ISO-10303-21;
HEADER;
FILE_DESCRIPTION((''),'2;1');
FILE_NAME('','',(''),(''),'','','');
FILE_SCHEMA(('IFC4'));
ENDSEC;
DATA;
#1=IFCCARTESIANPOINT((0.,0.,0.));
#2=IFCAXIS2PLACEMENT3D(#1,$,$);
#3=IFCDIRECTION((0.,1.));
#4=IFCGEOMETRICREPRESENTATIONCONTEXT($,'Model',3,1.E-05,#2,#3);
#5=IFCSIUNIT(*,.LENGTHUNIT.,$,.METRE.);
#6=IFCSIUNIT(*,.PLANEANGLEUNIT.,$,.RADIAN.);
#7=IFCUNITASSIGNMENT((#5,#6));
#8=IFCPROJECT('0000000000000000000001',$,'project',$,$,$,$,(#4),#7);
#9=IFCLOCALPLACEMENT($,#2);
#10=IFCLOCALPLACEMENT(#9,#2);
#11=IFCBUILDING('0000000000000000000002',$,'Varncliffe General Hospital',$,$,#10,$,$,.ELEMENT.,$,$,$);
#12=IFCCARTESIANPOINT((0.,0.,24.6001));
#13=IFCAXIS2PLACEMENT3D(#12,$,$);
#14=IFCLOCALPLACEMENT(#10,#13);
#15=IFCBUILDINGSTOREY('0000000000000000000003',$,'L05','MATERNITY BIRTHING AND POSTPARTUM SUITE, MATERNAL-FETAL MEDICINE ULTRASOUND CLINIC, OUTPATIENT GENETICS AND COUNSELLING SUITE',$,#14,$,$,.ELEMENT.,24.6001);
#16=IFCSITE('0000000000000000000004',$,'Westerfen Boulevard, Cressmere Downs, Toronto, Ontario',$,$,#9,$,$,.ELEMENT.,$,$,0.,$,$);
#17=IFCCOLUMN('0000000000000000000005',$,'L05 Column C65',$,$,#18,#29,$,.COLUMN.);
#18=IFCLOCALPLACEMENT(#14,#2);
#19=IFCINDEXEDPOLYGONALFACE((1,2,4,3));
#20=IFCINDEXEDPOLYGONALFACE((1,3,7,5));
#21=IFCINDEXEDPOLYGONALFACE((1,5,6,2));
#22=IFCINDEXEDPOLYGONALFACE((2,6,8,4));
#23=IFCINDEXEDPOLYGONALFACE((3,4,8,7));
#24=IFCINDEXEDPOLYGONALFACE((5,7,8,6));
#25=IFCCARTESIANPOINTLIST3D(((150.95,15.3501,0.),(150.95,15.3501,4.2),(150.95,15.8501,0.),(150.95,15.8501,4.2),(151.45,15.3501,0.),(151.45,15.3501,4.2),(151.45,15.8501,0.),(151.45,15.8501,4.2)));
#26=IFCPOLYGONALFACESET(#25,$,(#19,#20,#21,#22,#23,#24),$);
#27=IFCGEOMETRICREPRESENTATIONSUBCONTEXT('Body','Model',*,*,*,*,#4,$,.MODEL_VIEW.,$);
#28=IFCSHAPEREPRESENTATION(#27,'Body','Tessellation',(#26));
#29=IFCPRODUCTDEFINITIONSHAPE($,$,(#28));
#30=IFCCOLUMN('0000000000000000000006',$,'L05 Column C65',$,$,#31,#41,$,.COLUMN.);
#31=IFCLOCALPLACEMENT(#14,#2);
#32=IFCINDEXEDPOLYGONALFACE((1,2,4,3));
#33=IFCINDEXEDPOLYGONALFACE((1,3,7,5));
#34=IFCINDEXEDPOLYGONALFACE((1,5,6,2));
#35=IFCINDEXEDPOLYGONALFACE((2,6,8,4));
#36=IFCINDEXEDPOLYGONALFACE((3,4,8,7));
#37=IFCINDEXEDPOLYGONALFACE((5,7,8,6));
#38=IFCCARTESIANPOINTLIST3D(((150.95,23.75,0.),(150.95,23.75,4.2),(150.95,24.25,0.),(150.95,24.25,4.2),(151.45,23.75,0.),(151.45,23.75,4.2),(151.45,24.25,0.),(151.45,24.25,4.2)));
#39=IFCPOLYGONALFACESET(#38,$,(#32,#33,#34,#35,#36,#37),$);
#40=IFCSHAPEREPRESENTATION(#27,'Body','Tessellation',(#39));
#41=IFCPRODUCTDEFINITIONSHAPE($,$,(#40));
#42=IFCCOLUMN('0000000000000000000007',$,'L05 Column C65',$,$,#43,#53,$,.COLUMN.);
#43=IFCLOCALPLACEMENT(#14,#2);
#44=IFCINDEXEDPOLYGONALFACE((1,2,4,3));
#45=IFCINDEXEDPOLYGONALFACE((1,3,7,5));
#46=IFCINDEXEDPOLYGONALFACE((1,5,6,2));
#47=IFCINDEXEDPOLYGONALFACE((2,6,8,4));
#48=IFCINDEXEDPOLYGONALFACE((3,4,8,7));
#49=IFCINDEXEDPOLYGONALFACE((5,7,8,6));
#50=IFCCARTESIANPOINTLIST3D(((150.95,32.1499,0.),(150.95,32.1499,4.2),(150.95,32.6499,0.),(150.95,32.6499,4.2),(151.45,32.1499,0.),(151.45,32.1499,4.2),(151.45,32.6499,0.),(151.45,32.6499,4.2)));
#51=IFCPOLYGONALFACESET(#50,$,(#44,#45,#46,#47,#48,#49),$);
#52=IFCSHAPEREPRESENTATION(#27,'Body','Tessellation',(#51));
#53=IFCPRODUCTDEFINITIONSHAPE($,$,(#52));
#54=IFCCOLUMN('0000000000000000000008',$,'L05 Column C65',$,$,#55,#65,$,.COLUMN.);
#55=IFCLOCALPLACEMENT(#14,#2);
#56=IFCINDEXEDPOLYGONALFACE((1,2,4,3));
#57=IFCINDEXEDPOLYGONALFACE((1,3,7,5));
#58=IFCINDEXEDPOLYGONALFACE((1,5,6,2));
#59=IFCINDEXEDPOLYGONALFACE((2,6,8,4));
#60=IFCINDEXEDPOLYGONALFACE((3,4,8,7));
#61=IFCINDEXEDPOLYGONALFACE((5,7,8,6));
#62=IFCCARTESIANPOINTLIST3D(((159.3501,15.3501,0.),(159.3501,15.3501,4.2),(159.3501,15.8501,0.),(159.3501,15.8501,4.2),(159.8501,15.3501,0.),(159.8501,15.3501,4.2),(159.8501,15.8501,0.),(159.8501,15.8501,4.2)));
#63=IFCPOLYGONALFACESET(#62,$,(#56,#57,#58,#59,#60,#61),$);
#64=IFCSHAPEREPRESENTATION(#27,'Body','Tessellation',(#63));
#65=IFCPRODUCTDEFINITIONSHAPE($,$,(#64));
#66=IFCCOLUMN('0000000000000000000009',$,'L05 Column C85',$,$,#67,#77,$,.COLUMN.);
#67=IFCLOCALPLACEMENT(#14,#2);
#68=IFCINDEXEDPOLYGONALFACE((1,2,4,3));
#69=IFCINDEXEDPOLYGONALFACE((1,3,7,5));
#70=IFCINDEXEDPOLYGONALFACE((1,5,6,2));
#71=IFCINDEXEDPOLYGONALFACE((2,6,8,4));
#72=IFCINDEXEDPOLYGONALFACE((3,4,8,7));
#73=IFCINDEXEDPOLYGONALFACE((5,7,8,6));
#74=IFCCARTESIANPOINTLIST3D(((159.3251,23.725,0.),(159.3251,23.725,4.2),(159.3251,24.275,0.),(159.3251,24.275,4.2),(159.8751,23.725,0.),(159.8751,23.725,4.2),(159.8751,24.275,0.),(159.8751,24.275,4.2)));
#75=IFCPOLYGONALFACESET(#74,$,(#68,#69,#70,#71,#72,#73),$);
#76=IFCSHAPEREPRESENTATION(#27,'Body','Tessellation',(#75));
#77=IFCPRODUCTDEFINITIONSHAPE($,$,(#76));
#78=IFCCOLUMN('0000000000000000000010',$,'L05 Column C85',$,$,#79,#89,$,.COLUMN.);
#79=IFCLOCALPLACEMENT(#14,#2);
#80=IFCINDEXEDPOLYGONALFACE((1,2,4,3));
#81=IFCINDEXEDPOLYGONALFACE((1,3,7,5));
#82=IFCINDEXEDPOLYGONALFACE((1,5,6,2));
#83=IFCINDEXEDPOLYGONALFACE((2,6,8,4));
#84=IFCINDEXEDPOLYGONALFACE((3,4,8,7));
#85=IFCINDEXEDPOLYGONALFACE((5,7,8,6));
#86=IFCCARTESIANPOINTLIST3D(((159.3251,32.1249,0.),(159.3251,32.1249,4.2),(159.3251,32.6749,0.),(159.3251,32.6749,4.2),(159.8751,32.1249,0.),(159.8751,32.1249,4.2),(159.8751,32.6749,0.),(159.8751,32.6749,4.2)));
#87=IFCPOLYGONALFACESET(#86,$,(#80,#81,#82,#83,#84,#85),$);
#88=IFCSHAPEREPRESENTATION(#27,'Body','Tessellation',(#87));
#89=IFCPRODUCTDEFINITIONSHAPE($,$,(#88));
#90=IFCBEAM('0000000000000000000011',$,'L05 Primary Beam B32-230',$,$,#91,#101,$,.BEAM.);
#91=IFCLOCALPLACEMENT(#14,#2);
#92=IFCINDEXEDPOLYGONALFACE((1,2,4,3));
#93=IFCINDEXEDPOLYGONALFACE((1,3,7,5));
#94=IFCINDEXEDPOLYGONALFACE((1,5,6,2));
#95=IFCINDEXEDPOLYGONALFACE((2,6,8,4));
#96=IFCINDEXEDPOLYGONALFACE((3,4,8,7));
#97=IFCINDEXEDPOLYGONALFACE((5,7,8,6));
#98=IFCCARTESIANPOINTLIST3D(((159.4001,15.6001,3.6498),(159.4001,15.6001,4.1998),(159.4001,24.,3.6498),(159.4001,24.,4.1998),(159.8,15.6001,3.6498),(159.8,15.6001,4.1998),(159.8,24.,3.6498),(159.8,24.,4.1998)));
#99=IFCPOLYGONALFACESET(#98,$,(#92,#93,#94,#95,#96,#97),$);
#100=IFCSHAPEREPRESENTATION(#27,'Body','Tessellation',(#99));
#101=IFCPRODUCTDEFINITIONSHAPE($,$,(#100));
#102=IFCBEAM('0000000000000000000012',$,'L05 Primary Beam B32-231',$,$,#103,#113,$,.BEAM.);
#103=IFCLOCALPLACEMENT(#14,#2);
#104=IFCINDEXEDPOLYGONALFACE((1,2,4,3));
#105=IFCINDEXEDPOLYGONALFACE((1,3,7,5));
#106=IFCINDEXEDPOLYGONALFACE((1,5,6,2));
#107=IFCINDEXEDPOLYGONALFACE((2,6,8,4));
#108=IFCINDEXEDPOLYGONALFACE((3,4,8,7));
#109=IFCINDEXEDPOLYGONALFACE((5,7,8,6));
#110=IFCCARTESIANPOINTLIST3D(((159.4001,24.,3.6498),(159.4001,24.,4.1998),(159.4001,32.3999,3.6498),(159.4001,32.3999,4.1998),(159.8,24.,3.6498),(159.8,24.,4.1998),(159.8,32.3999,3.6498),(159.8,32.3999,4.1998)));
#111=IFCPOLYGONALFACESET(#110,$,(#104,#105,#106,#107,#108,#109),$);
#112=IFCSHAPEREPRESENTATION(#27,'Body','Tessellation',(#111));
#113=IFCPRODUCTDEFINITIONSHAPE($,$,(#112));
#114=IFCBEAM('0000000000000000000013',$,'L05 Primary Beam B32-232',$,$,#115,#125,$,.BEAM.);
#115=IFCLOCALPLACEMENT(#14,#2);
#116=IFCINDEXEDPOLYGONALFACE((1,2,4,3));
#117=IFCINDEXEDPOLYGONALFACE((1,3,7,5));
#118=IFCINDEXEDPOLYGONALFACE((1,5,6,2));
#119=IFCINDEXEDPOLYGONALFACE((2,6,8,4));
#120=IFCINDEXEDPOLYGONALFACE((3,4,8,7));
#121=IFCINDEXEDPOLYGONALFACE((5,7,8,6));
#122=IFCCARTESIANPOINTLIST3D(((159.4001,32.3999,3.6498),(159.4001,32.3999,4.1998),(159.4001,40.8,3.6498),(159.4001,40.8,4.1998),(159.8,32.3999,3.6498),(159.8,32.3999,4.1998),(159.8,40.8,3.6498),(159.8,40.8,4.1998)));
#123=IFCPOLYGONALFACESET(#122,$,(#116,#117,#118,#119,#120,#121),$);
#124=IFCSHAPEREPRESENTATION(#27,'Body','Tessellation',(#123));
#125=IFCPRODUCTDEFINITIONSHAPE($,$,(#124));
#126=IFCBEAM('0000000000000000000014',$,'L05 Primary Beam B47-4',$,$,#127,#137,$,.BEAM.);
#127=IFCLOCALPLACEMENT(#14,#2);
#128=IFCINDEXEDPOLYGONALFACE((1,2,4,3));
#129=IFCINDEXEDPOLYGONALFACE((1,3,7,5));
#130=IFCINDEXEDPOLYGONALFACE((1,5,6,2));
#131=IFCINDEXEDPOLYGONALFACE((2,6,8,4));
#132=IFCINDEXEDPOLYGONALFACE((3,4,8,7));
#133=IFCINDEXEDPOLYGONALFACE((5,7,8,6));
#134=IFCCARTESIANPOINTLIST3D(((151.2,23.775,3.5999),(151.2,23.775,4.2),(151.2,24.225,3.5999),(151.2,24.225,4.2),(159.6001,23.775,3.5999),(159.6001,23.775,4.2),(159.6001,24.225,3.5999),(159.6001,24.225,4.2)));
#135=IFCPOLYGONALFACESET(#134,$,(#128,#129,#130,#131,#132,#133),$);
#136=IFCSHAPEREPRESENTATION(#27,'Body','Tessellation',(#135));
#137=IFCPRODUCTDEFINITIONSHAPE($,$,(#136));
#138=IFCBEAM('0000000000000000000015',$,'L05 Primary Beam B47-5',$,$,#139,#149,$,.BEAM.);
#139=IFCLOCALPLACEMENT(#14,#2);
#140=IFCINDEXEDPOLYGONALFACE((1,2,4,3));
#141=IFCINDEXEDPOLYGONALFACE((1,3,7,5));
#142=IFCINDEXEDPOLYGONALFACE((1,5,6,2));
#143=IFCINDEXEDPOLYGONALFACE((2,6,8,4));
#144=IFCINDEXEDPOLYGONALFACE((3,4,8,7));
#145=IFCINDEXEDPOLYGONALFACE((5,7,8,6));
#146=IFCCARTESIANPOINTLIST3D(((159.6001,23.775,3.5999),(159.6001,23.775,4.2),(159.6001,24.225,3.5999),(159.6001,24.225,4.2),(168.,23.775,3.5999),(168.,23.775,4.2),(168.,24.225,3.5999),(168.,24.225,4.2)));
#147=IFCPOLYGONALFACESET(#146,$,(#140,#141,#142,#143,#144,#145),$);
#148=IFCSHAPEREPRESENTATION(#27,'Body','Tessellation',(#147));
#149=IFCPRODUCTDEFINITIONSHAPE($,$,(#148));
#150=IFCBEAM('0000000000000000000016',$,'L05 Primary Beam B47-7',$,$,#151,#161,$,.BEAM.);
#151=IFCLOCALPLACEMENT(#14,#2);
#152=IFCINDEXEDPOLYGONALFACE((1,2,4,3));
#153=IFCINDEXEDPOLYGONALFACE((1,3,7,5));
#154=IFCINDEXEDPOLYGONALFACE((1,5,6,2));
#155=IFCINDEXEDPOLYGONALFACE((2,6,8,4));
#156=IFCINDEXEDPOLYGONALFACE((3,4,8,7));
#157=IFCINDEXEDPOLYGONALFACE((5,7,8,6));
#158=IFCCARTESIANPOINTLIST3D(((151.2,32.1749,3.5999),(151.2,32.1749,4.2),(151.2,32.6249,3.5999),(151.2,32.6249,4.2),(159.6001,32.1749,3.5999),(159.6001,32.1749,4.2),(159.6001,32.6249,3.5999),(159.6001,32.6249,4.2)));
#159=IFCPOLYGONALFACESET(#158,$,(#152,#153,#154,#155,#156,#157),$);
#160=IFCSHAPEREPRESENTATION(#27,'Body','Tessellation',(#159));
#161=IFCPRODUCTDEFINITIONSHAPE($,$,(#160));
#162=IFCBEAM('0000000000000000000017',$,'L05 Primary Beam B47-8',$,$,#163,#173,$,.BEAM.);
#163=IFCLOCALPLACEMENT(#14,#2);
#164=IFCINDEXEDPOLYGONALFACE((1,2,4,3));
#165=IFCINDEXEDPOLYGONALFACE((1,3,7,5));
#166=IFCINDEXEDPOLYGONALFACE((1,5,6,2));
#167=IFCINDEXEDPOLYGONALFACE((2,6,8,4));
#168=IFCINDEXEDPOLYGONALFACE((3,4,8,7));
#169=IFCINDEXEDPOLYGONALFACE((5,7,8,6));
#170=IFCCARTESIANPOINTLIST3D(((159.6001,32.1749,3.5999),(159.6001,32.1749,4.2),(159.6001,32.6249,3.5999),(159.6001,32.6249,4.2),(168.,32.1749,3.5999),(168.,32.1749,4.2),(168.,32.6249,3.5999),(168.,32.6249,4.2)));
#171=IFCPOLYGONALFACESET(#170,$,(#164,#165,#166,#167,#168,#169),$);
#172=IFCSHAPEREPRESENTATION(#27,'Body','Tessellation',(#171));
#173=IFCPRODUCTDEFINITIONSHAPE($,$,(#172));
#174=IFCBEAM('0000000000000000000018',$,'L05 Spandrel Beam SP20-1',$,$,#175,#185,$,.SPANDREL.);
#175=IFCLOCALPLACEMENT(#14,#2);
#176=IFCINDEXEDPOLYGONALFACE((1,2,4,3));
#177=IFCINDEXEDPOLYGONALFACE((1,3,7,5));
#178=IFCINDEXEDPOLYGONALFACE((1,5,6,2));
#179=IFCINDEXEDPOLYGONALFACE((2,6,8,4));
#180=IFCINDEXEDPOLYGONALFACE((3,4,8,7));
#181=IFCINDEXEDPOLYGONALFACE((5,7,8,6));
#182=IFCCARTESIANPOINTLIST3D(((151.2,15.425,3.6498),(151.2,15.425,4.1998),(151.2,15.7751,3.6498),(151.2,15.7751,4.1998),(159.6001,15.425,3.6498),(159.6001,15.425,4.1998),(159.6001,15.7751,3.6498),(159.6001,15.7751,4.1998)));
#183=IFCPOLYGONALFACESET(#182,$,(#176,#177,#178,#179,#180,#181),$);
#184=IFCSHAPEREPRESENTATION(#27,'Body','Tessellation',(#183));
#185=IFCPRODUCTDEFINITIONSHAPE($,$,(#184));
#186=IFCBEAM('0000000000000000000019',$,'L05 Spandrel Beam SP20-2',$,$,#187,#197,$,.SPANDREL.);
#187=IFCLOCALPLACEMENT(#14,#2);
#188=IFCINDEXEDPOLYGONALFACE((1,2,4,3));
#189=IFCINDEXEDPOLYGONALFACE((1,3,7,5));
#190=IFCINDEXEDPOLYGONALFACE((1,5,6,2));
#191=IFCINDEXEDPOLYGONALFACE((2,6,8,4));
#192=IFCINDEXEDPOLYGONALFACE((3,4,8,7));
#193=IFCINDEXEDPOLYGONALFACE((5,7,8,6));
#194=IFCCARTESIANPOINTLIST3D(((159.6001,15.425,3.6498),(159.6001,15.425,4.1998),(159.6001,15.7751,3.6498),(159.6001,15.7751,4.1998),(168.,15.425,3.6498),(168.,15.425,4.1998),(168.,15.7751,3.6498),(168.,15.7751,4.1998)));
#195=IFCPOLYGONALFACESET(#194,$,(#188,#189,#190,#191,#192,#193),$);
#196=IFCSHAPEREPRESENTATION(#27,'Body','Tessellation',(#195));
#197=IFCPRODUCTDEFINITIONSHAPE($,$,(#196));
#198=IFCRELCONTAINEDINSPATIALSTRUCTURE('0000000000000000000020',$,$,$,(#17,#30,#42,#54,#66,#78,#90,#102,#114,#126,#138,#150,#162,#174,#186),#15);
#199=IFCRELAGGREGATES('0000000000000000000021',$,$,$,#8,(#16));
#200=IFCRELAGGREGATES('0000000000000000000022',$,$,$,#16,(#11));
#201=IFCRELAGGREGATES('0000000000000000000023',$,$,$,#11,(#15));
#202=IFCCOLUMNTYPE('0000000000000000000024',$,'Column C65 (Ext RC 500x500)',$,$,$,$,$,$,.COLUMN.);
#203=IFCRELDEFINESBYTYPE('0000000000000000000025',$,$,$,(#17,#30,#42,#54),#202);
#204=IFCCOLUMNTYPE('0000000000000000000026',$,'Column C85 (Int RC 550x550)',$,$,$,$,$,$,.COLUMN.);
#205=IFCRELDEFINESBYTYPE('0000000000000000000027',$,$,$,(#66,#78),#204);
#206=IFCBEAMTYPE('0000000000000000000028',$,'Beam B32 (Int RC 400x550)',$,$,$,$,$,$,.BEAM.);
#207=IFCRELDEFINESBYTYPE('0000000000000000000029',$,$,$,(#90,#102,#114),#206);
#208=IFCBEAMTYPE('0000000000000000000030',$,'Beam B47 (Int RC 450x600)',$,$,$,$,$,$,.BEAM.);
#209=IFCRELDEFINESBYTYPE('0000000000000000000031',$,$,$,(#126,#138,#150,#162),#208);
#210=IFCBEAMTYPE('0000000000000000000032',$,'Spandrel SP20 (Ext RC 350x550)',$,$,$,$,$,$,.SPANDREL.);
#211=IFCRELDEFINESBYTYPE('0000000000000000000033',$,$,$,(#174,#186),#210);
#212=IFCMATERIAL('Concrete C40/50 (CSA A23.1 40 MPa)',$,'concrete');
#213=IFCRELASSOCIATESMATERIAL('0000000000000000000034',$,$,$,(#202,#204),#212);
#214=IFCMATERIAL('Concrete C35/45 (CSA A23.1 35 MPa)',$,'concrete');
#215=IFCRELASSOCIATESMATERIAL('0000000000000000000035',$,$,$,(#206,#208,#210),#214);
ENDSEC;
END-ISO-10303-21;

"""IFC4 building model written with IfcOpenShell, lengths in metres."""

from ifc_helpers import new_model, si_unit, direction, frame, origin, origin_2d, place, context, subcontext, project, spatial, rectangle, extrude, material, material_profile, profile_set, type_object, element, save


model = new_model("IFC4")

# Units and contexts
model_context = context("Model", 3, precision=1e-05, world=origin(), true_north=direction((0.0, 1.0)))
body_context = subcontext(model_context, "Body", "Model", "MODEL_VIEW")
ifc_project = project(units=[si_unit("LENGTHUNIT", "METRE"), si_unit("PLANEANGLEUNIT", "RADIAN")], contexts=[model_context])

# Site, building, storey
site_placement = place(None, origin())
site = spatial("IfcSite", under=ifc_project, at=site_placement, Name="Westerfen Boulevard, Cressmere Downs, Toronto, Ontario", CompositionType="ELEMENT", RefElevation=0.0)
building_placement = place(site_placement, origin())
building = spatial("IfcBuilding", under=site, at=building_placement, Name="Varncliffe General Hospital", CompositionType="ELEMENT")
storey_placement = place(building_placement, frame((0.0, 0.0, 24.6001)))
storey = spatial("IfcBuildingStorey", under=building, at=storey_placement, Name="L05", Description="MATERNITY BIRTHING AND POSTPARTUM SUITE, MATERNAL-FETAL MEDICINE ULTRASOUND CLINIC, OUTPATIENT GENETICS AND COUNSELLING SUITE", CompositionType="ELEMENT", Elevation=24.6001)

# Columns
ifc_material_1 = material(Name="Concrete C40/50 (CSA A23.1 40 MPa)", Category="concrete")
ifc_material_profile_1 = material_profile(ifc_material_1, rectangle(XDim=0.5, YDim=0.5, at=origin_2d()), Name="RC 500x500")
ifc_profile_set_1 = profile_set([ifc_material_profile_1], Name="Concrete C40/50 (CSA A23.1 40 MPa)")
column_type_1 = type_object("IfcColumnType", Name="Column C65 (Ext RC 500x500)", PredefinedType="COLUMN", material=ifc_profile_set_1)
for number, where, z_axis, x_axis, name in (
    (1, (151.2, 15.6001, 0.0), (0.0, 0.0, 1.0), (1.0, 0.0, 0.0), "L05 Column C65"),
    (2, (151.2, 24.0, 0.0), (0.0, 0.0, 1.0), (1.0, 0.0, 0.0), "L05 Column C65"),
    (3, (151.2, 32.3999, 0.0), (0.0, 0.0, 1.0), (1.0, 0.0, 0.0), "L05 Column C65"),
    (4, (159.6001, 15.6001, 0.0), (0.0, 0.0, 1.0), (1.0, 0.0, 0.0), "L05 Column C65"),
):
    element("IfcColumn", number, at=place(storey_placement, frame(where, z_axis=z_axis, x_axis=x_axis)), inside=storey, type_object=column_type_1, Name=name, PredefinedType="COLUMN", context=body_context, shape_type="SweptSolid", body=[
        extrude(rectangle(XDim=0.5, YDim=0.5, at=origin_2d()), origin(), (0.0, 0.0, 1.0), 4.2),
    ])
ifc_material_profile_2 = material_profile(ifc_material_1, rectangle(XDim=0.55, YDim=0.55, at=origin_2d()), Name="RC 550x550")
ifc_profile_set_2 = profile_set([ifc_material_profile_2], Name="Concrete C40/50 (CSA A23.1 40 MPa)")
column_type_2 = type_object("IfcColumnType", Name="Column C85 (Int RC 550x550)", PredefinedType="COLUMN", material=ifc_profile_set_2)
for number, where, z_axis, x_axis, name in (
    (5, (159.6001, 24.0, 0.0), (0.0, 0.0, 1.0), (1.0, 0.0, 0.0), "L05 Column C85"),
    (6, (159.6001, 32.3999, 0.0), (0.0, 0.0, 1.0), (1.0, 0.0, 0.0), "L05 Column C85"),
):
    element("IfcColumn", number, at=place(storey_placement, frame(where, z_axis=z_axis, x_axis=x_axis)), inside=storey, type_object=column_type_2, Name=name, PredefinedType="COLUMN", context=body_context, shape_type="SweptSolid", body=[
        extrude(rectangle(XDim=0.55, YDim=0.55, at=origin_2d()), origin(), (0.0, 0.0, 1.0), 4.2),
    ])

# Beams
ifc_material_2 = material(Name="Concrete C35/45 (CSA A23.1 35 MPa)", Category="concrete")
ifc_material_profile_3 = material_profile(ifc_material_2, rectangle(XDim=0.3999, YDim=0.55, at=origin_2d()), Name="RC 400x550")
ifc_profile_set_3 = profile_set([ifc_material_profile_3], Name="Concrete C35/45 (CSA A23.1 35 MPa)")
beam_type_1 = type_object("IfcBeamType", Name="Beam B32 (Int RC 400x550)", PredefinedType="BEAM", material=ifc_profile_set_3)
for number, where, z_axis, x_axis, name in (
    (7, (159.6001, 15.6001, 3.9248), (0.0, 1.0, 0.0), (-1.0, 0.0, 0.0), "L05 Primary Beam B32-230"),
    (8, (159.6001, 24.0, 3.9248), (0.0, 1.0, 0.0), (-1.0, 0.0, 0.0), "L05 Primary Beam B32-231"),
):
    element("IfcBeam", number, at=place(storey_placement, frame(where, z_axis=z_axis, x_axis=x_axis)), inside=storey, type_object=beam_type_1, Name=name, PredefinedType="BEAM", context=body_context, shape_type="SweptSolid", body=[
        extrude(rectangle(XDim=0.3999, YDim=0.55, at=origin_2d()), origin(), (0.0, 0.0, 1.0), 8.3999),
    ])
beam_1_placement = place(storey_placement, frame((159.6001, 32.3999, 3.9248), z_axis=(0.0, 1.0, 0.0), x_axis=(-1.0, 0.0, 0.0)))
element("IfcBeam", 9, at=beam_1_placement, inside=storey, type_object=beam_type_1, Name="L05 Primary Beam B32-232", PredefinedType="BEAM", context=body_context, shape_type="SweptSolid", body=[
    extrude(rectangle(XDim=0.3999, YDim=0.55, at=origin_2d()), origin(), (0.0, 0.0, 1.0), 8.4001),
])
ifc_material_profile_4 = material_profile(ifc_material_2, rectangle(XDim=0.45, YDim=0.6001, at=origin_2d()), Name="RC 450x600")
ifc_profile_set_4 = profile_set([ifc_material_profile_4], Name="Concrete C35/45 (CSA A23.1 35 MPa)")
beam_type_2 = type_object("IfcBeamType", Name="Beam B47 (Int RC 450x600)", PredefinedType="BEAM", material=ifc_profile_set_4)
beam_2_placement = place(storey_placement, frame((151.2, 24.0, 3.8999), z_axis=(1.0, 0.0, 0.0), x_axis=(0.0, 1.0, 0.0)))
element("IfcBeam", 10, at=beam_2_placement, inside=storey, type_object=beam_type_2, Name="L05 Primary Beam B47-4", PredefinedType="BEAM", context=body_context, shape_type="SweptSolid", body=[
    extrude(rectangle(XDim=0.45, YDim=0.6001, at=origin_2d()), origin(), (0.0, 0.0, 1.0), 8.4001),
])
beam_3_placement = place(storey_placement, frame((159.6001, 24.0, 3.8999), z_axis=(1.0, 0.0, 0.0), x_axis=(0.0, 1.0, 0.0)))
element("IfcBeam", 11, at=beam_3_placement, inside=storey, type_object=beam_type_2, Name="L05 Primary Beam B47-5", PredefinedType="BEAM", context=body_context, shape_type="SweptSolid", body=[
    extrude(rectangle(XDim=0.45, YDim=0.6001, at=origin_2d()), origin(), (0.0, 0.0, 1.0), 8.3999),
])
beam_4_placement = place(storey_placement, frame((151.2, 32.3999, 3.8999), z_axis=(1.0, 0.0, 0.0), x_axis=(0.0, 1.0, 0.0)))
element("IfcBeam", 12, at=beam_4_placement, inside=storey, type_object=beam_type_2, Name="L05 Primary Beam B47-7", PredefinedType="BEAM", context=body_context, shape_type="SweptSolid", body=[
    extrude(rectangle(XDim=0.45, YDim=0.6001, at=origin_2d()), origin(), (0.0, 0.0, 1.0), 8.4001),
])
beam_5_placement = place(storey_placement, frame((159.6001, 32.3999, 3.8999), z_axis=(1.0, 0.0, 0.0), x_axis=(0.0, 1.0, 0.0)))
element("IfcBeam", 13, at=beam_5_placement, inside=storey, type_object=beam_type_2, Name="L05 Primary Beam B47-8", PredefinedType="BEAM", context=body_context, shape_type="SweptSolid", body=[
    extrude(rectangle(XDim=0.45, YDim=0.6001, at=origin_2d()), origin(), (0.0, 0.0, 1.0), 8.3999),
])
ifc_material_profile_5 = material_profile(ifc_material_2, rectangle(XDim=0.3501, YDim=0.55, at=origin_2d()), Name="RC 350x550")
ifc_profile_set_5 = profile_set([ifc_material_profile_5], Name="Concrete C35/45 (CSA A23.1 35 MPa)")
beam_type_3 = type_object("IfcBeamType", Name="Spandrel SP20 (Ext RC 350x550)", PredefinedType="SPANDREL", material=ifc_profile_set_5)
beam_6_placement = place(storey_placement, frame((151.2, 15.6001, 3.9248), z_axis=(1.0, 0.0, 0.0), x_axis=(0.0, 1.0, 0.0)))
element("IfcBeam", 14, at=beam_6_placement, inside=storey, type_object=beam_type_3, Name="L05 Spandrel Beam SP20-1", PredefinedType="SPANDREL", context=body_context, shape_type="SweptSolid", body=[
    extrude(rectangle(XDim=0.3501, YDim=0.55, at=origin_2d()), origin(), (0.0, 0.0, 1.0), 8.4001),
])
for number, where, z_axis, x_axis, name in (
    (15, (159.6001, 15.6001, 3.9248), (1.0, 0.0, 0.0), (0.0, 1.0, 0.0), "L05 Spandrel Beam SP20-2"),
):
    element("IfcBeam", number, at=place(storey_placement, frame(where, z_axis=z_axis, x_axis=x_axis)), inside=storey, type_object=beam_type_3, Name=name, PredefinedType="SPANDREL", context=body_context, shape_type="SweptSolid", body=[
        extrude(rectangle(XDim=0.3501, YDim=0.55, at=origin_2d()), origin(), (0.0, 0.0, 1.0), 8.3999),
    ])

save(model, "model.ifc")
